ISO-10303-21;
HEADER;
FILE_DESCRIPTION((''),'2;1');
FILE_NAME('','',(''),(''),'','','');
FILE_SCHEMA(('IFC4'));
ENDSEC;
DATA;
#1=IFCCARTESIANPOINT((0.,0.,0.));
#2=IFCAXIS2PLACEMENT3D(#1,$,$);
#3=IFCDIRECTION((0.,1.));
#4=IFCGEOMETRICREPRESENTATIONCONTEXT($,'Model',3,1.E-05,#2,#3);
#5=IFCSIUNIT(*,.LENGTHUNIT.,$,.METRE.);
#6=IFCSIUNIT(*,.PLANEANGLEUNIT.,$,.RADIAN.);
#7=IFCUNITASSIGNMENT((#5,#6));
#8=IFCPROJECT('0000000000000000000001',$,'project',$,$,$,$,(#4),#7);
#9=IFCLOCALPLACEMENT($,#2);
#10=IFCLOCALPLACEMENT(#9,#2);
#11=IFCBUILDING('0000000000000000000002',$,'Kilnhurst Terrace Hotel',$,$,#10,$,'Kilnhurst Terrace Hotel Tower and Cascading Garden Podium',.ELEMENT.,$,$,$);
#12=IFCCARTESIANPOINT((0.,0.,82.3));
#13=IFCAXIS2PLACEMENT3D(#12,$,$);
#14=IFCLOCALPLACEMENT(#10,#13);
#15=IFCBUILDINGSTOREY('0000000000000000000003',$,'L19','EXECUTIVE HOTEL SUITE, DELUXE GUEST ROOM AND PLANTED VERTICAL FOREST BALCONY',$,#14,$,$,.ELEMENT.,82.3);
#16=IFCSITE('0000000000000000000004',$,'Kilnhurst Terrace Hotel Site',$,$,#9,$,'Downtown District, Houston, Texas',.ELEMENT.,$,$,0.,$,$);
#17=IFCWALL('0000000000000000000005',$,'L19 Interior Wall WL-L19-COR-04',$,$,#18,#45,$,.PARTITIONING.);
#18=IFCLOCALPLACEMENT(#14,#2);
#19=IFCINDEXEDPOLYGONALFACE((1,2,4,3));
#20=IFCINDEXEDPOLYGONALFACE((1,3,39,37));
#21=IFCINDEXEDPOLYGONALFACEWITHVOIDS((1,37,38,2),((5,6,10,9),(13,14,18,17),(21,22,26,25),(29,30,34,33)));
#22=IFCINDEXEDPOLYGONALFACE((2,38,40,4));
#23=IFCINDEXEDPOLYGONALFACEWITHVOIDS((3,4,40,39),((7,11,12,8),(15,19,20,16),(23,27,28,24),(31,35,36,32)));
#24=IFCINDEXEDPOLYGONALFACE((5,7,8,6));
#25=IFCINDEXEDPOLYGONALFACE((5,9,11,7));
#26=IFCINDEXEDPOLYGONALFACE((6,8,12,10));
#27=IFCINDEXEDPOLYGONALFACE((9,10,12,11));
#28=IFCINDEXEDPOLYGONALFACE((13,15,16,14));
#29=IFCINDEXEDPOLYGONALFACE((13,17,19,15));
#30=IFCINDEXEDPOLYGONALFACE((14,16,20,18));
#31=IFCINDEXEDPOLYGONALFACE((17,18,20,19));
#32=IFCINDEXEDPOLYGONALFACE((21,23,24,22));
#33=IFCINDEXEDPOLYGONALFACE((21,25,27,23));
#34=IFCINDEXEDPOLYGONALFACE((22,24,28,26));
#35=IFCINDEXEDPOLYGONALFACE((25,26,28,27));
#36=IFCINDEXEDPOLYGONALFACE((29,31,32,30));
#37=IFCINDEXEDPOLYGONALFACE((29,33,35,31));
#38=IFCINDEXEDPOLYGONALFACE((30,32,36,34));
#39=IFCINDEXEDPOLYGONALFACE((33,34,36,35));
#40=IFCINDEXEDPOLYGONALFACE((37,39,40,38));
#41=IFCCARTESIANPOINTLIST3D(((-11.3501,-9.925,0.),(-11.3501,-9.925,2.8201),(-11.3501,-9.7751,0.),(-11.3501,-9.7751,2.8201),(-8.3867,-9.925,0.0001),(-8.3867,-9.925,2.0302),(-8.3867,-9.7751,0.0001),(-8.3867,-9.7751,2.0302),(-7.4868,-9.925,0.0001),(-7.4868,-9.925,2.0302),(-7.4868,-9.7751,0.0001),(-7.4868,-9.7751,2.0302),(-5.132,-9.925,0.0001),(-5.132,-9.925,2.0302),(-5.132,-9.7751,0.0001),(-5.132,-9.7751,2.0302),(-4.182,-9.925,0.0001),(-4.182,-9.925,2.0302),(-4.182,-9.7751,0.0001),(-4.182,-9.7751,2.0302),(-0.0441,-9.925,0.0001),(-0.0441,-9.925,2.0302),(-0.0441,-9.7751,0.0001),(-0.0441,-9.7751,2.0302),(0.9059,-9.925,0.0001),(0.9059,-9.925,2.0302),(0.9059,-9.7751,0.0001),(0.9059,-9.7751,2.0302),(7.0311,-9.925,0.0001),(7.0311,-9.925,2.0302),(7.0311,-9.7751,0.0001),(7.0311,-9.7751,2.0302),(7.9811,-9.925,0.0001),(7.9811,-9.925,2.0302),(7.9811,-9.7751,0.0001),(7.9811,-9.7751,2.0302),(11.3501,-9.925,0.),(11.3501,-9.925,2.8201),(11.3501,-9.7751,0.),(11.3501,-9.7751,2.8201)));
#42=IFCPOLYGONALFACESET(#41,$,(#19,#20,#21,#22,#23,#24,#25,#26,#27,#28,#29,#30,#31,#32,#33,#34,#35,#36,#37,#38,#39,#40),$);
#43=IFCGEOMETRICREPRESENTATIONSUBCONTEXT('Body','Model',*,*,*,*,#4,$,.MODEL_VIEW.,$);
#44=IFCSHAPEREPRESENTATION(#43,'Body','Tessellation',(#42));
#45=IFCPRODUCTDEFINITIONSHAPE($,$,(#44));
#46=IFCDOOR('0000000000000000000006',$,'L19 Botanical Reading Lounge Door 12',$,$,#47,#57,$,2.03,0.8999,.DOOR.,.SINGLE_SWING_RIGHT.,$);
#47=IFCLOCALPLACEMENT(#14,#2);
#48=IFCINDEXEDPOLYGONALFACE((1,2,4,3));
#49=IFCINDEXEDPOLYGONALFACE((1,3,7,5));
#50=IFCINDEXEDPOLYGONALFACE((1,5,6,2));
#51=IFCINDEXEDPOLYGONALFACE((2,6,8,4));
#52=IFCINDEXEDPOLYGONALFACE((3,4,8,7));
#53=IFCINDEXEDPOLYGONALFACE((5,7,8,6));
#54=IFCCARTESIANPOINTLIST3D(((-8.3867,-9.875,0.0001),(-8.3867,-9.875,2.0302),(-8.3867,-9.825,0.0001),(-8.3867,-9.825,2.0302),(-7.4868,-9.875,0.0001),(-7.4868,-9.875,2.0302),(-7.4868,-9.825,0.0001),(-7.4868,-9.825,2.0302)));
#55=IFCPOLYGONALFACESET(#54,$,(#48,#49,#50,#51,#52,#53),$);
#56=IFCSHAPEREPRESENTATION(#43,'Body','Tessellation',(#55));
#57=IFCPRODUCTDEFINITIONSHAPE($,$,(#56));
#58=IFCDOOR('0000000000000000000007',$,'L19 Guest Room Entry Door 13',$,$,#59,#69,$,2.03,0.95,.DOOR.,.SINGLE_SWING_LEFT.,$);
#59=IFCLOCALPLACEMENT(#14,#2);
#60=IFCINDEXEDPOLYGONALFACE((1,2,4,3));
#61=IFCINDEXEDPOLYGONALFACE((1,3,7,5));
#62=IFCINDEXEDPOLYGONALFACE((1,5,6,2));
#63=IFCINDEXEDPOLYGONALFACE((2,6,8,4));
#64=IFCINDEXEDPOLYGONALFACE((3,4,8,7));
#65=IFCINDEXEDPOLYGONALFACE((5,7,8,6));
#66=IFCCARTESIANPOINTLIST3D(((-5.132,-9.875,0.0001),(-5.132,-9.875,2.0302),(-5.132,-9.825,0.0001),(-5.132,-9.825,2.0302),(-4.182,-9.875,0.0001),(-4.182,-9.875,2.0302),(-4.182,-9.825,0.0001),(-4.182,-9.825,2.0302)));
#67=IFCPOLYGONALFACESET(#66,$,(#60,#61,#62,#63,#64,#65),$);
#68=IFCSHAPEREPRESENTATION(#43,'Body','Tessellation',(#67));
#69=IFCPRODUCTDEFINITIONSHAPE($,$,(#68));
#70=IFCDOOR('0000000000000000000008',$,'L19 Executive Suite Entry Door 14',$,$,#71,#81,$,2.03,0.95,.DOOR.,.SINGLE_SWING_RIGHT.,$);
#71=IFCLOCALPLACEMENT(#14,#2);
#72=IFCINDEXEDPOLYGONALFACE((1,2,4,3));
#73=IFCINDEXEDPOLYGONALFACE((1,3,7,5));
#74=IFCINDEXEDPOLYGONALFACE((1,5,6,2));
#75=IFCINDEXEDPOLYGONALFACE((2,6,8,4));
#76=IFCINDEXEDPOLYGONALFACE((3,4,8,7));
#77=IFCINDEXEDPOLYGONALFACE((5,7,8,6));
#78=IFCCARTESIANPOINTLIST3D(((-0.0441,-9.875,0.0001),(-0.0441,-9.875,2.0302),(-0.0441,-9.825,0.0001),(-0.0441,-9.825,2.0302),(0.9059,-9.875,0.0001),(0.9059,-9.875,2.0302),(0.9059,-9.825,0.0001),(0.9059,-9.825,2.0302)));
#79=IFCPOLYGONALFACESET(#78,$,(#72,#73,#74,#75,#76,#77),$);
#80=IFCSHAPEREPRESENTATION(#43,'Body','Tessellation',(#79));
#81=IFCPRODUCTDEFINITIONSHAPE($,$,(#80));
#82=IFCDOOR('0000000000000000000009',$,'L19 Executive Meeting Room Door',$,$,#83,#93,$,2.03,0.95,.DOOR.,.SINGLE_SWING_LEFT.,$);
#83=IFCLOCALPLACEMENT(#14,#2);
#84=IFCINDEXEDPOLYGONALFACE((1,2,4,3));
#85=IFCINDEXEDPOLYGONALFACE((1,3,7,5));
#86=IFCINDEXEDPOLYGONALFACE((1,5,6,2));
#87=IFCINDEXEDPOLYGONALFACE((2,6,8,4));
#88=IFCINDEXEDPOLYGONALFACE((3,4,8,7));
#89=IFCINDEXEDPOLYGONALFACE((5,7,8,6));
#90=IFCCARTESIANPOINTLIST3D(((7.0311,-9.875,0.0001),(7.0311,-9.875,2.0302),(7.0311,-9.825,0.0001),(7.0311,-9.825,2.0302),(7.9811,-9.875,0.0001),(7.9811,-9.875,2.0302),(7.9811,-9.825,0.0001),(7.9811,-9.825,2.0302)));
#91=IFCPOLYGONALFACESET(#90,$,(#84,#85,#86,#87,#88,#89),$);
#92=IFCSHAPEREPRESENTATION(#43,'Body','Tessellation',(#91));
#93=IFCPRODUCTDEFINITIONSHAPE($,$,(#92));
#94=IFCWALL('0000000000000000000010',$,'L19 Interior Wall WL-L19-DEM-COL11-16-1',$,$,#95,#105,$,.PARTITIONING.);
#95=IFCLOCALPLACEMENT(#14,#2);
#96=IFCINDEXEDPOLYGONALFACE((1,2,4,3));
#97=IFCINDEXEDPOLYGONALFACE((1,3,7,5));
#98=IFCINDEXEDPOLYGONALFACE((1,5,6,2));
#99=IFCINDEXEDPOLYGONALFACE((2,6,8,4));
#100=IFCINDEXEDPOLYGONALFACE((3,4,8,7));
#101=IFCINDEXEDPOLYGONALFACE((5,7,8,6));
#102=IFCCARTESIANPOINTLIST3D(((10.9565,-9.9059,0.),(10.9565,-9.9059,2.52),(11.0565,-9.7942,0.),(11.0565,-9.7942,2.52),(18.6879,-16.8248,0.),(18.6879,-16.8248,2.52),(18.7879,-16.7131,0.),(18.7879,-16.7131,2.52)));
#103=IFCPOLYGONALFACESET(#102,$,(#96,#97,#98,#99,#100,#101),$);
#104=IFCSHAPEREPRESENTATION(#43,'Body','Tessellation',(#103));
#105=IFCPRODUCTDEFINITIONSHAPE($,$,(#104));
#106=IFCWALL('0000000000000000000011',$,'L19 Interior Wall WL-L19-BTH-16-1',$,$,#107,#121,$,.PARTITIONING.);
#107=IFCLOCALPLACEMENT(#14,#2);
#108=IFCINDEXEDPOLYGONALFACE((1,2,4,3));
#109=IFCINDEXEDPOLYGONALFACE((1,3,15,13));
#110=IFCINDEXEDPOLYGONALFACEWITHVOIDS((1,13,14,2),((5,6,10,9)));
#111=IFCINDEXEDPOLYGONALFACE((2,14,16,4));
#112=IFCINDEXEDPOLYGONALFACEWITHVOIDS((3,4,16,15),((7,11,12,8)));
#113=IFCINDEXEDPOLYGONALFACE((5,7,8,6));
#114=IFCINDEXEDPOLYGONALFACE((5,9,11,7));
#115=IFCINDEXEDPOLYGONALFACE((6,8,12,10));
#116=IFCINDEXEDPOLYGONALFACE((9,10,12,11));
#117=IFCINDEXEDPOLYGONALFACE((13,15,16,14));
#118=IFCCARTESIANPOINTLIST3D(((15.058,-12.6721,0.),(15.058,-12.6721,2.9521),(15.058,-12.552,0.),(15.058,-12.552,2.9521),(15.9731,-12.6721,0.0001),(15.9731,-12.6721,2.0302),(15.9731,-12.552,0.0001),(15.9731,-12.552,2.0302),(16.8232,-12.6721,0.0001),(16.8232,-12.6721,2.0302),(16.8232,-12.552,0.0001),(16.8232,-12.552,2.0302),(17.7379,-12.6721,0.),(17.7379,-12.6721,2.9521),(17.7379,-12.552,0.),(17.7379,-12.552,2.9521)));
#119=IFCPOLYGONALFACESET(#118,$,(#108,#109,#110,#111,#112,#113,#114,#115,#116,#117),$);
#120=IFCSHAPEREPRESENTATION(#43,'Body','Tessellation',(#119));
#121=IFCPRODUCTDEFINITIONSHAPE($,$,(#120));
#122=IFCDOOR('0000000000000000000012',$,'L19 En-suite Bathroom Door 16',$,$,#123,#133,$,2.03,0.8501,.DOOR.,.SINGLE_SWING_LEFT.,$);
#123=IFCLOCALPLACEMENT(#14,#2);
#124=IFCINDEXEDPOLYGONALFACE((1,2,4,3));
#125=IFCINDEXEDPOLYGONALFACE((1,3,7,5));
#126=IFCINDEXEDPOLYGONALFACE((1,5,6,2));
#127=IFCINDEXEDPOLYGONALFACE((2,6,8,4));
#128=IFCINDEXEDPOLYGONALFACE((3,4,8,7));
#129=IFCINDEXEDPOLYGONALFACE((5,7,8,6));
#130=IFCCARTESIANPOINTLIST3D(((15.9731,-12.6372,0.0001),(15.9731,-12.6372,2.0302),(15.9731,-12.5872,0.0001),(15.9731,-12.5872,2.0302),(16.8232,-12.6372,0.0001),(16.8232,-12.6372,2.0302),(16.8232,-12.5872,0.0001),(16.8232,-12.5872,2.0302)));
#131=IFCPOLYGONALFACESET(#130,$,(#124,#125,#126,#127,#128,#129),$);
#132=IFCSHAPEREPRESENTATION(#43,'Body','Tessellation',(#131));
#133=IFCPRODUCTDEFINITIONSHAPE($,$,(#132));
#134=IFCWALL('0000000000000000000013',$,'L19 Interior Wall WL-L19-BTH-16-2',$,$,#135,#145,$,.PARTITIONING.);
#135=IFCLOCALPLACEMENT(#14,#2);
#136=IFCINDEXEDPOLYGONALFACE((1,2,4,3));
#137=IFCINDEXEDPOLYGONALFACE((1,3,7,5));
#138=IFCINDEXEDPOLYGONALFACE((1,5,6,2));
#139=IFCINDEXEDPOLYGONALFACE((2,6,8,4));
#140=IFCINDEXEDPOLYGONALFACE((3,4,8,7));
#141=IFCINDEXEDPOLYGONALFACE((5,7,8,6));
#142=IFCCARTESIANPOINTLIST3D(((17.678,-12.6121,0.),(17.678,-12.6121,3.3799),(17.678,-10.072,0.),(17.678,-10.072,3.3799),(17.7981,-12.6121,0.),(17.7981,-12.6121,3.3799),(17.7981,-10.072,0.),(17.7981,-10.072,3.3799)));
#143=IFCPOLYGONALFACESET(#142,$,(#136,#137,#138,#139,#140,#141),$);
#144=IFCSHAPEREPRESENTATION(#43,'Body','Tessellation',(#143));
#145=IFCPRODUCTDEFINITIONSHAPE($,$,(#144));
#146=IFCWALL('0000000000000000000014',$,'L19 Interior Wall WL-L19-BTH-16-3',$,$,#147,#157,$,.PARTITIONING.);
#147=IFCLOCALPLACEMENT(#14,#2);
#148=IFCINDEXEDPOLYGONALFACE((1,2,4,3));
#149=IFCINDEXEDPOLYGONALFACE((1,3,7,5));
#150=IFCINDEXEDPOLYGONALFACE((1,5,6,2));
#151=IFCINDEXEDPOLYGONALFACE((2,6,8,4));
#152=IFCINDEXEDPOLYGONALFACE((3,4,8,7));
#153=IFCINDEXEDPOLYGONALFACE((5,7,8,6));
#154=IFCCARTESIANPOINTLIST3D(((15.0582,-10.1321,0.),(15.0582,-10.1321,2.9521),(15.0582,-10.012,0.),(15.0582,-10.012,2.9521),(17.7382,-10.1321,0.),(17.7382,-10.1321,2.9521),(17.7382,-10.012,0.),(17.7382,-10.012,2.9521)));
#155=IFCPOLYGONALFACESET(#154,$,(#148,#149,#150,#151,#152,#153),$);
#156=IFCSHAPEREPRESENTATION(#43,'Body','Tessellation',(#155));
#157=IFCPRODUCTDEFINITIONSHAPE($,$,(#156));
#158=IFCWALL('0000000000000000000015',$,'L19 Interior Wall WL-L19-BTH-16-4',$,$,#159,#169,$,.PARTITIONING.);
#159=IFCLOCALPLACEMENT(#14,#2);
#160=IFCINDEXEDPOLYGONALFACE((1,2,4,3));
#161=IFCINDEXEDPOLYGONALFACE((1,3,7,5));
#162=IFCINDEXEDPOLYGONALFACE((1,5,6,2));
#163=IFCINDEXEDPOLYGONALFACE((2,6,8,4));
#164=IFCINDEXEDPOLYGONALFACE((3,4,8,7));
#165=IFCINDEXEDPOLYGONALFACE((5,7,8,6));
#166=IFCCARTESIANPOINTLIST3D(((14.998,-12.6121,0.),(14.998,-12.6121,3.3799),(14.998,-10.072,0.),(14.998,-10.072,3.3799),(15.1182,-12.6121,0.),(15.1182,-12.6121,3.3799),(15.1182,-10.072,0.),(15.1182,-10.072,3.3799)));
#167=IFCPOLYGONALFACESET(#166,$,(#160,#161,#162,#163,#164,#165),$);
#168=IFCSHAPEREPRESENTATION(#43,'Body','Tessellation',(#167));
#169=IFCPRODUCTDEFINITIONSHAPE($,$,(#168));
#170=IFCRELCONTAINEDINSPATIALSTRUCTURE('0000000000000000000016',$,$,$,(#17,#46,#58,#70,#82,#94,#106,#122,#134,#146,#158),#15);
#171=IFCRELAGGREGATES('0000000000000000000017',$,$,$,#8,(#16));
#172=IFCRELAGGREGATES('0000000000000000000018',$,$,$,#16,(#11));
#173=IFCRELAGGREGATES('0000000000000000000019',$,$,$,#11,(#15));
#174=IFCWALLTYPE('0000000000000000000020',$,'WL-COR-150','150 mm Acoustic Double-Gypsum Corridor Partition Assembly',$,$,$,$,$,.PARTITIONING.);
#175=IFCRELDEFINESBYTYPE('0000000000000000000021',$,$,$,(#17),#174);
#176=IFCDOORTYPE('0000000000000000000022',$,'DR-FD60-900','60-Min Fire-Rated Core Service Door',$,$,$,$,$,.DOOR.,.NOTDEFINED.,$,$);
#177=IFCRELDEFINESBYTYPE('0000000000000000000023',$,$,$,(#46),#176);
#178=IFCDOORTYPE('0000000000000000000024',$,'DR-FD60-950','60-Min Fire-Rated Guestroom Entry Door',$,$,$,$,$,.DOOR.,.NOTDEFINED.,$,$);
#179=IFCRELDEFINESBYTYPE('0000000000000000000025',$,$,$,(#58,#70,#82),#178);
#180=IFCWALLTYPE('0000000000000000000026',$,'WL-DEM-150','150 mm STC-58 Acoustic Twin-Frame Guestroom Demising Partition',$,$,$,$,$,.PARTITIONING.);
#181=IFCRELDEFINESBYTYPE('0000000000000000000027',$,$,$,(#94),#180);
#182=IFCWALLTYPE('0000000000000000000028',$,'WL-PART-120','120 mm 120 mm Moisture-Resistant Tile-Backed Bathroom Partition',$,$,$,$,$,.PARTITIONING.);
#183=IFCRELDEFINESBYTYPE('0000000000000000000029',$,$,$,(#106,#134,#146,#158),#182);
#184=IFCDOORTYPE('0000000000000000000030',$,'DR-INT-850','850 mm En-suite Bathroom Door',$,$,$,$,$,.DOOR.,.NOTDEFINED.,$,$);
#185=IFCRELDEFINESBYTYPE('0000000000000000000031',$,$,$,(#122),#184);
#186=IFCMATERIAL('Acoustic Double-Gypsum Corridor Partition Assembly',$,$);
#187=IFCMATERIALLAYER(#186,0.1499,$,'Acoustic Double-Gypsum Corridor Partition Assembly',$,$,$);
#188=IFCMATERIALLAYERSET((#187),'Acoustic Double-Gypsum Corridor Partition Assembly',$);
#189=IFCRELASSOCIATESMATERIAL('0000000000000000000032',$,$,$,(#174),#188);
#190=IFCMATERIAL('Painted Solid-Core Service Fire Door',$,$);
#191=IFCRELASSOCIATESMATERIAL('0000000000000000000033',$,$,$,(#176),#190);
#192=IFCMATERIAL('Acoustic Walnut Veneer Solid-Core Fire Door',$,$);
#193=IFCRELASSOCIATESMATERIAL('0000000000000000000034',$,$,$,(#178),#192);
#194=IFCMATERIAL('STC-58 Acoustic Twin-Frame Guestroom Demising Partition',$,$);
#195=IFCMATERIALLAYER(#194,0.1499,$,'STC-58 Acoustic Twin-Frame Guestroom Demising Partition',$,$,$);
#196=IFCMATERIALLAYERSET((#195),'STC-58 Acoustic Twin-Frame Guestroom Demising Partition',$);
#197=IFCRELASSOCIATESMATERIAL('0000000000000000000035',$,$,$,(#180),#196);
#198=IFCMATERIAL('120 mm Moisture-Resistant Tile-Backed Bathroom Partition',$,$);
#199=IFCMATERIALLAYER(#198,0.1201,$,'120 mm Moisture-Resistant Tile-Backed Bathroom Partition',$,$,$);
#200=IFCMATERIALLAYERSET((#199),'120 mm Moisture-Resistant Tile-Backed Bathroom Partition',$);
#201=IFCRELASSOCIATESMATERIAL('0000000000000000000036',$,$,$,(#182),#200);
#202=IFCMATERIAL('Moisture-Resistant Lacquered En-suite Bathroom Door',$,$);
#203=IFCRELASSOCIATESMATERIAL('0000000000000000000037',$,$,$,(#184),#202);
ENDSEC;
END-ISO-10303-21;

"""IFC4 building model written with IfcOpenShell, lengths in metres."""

from ifc_helpers import new_model, si_unit, direction, frame, frame_2d, origin, place, context, subcontext, project, spatial, rectangle, extrude, material, layer, layer_set, type_object, element, fill, save


model = new_model("IFC4")

# Units and contexts
model_context = context("Model", 3, precision=1e-05, world=origin(), true_north=direction((0.0, 1.0)))
body_context = subcontext(model_context, "Body", "Model", "MODEL_VIEW")
ifc_project = project(units=[si_unit("LENGTHUNIT", "METRE"), si_unit("PLANEANGLEUNIT", "RADIAN")], contexts=[model_context])

# Site, building, storey
site_placement = place(None, origin())
site = spatial("IfcSite", under=ifc_project, at=site_placement, Name="Kilnhurst Terrace Hotel Site", LongName="Downtown District, Houston, Texas", CompositionType="ELEMENT", RefElevation=0.0)
building_placement = place(site_placement, origin())
building = spatial("IfcBuilding", under=site, at=building_placement, Name="Kilnhurst Terrace Hotel", LongName="Kilnhurst Terrace Hotel Tower and Cascading Garden Podium", CompositionType="ELEMENT")
storey_placement = place(building_placement, frame((0.0, 0.0, 82.3)))
storey = spatial("IfcBuildingStorey", under=building, at=storey_placement, Name="L19", Description="EXECUTIVE HOTEL SUITE, DELUXE GUEST ROOM AND PLANTED VERTICAL FOREST BALCONY", CompositionType="ELEMENT", Elevation=82.3)

# Wall, openings, doors
ifc_material_1 = material(Name="Acoustic Double-Gypsum Corridor Partition Assembly")
ifc_layer_1 = layer(ifc_material_1, 0.1499, Name="Acoustic Double-Gypsum Corridor Partition Assembly")
ifc_layer_set_1 = layer_set([ifc_layer_1], Name="Acoustic Double-Gypsum Corridor Partition Assembly")
wall_type_1 = type_object("IfcWallType", Name="WL-COR-150", Description="150 mm Acoustic Double-Gypsum Corridor Partition Assembly", PredefinedType="PARTITIONING", material=ifc_layer_set_1)
wall_1_placement = place(storey_placement, frame((11.3501, -9.8501, 0.0), z_axis=(0.0, 0.0, 1.0), x_axis=(-1.0, 0.0, 0.0)))
wall_1 = element("IfcWall", 1, at=wall_1_placement, inside=storey, type_object=wall_type_1, Name="L19 Interior Wall WL-L19-COR-04", PredefinedType="PARTITIONING", context=body_context, shape_type="SweptSolid", body=[
    extrude(rectangle(XDim=22.7002, YDim=0.1499, at=frame_2d((11.3501, 0.0))), origin(), (0.0, 0.0, 1.0), 2.8201),
])
opening_1_placement = place(wall_1_placement, frame((18.8369, 0.0, 0.0)))
opening_1 = element("IfcOpeningElement", 2, at=opening_1_placement, cuts=wall_1, PredefinedType="OPENING", context=body_context, shape_type="SweptSolid", body=[
    extrude(rectangle(XDim=0.8999, YDim=2.03, at=frame_2d((0.45, 1.0151))), frame((0.0, 0.085, 0.0), z_axis=(0.0, -1.0, 0.0), x_axis=(1.0, 0.0, 0.0)), (0.0, 0.0, 1.0), 0.1699),
])
opening_2_placement = place(wall_1_placement, frame((15.532, 0.0, 0.0)))
opening_2 = element("IfcOpeningElement", 3, at=opening_2_placement, cuts=wall_1, PredefinedType="OPENING", context=body_context, shape_type="SweptSolid", body=[
    extrude(rectangle(XDim=0.95, YDim=2.03, at=frame_2d((0.4751, 1.0151))), frame((0.0, 0.085, 0.0), z_axis=(0.0, -1.0, 0.0), x_axis=(1.0, 0.0, 0.0)), (0.0, 0.0, 1.0), 0.1699),
])
opening_3_placement = place(wall_1_placement, frame((10.4441, 0.0, 0.0)))
opening_3 = element("IfcOpeningElement", 4, at=opening_3_placement, cuts=wall_1, PredefinedType="OPENING", context=body_context, shape_type="SweptSolid", body=[
    extrude(rectangle(XDim=0.95, YDim=2.03, at=frame_2d((0.4751, 1.0151))), frame((0.0, 0.085, 0.0), z_axis=(0.0, -1.0, 0.0), x_axis=(1.0, 0.0, 0.0)), (0.0, 0.0, 1.0), 0.1699),
])
opening_4_placement = place(wall_1_placement, frame((3.3689, 0.0, 0.0)))
opening_4 = element("IfcOpeningElement", 5, at=opening_4_placement, cuts=wall_1, PredefinedType="OPENING", context=body_context, shape_type="SweptSolid", body=[
    extrude(rectangle(XDim=0.95, YDim=2.03, at=frame_2d((0.4751, 1.0151))), frame((0.0, 0.085, 0.0), z_axis=(0.0, -1.0, 0.0), x_axis=(1.0, 0.0, 0.0)), (0.0, 0.0, 1.0), 0.1699),
])
ifc_material_2 = material(Name="Painted Solid-Core Service Fire Door")
door_type_1 = type_object("IfcDoorType", Name="DR-FD60-900", Description="60-Min Fire-Rated Core Service Door", OperationType="NOTDEFINED", PredefinedType="DOOR", material=ifc_material_2)
door_1_placement = place(opening_1_placement, origin())
door_1 = element("IfcDoor", 6, at=door_1_placement, inside=storey, type_object=door_type_1, Name="L19 Botanical Reading Lounge Door 12", OperationType="SINGLE_SWING_RIGHT", OverallHeight=2.03, OverallWidth=0.8999, PredefinedType="DOOR", context=body_context, shape_type="SweptSolid", body=[
    extrude(rectangle(XDim=0.8999, YDim=2.03, at=frame_2d((0.45, 1.0151))), frame((0.0, 0.0249, 0.0), z_axis=(0.0, -1.0, 0.0), x_axis=(1.0, 0.0, 0.0)), (0.0, 0.0, 1.0), 0.05),
])
fill(opening_1, door_1)
ifc_material_3 = material(Name="Acoustic Walnut Veneer Solid-Core Fire Door")
door_type_2 = type_object("IfcDoorType", Name="DR-FD60-950", Description="60-Min Fire-Rated Guestroom Entry Door", OperationType="NOTDEFINED", PredefinedType="DOOR", material=ifc_material_3)
door_2_placement = place(opening_2_placement, origin())
door_2 = element("IfcDoor", 7, at=door_2_placement, inside=storey, type_object=door_type_2, Name="L19 Guest Room Entry Door 13", OperationType="SINGLE_SWING_LEFT", OverallHeight=2.03, OverallWidth=0.95, PredefinedType="DOOR", context=body_context, shape_type="SweptSolid", body=[
    extrude(rectangle(XDim=0.95, YDim=2.03, at=frame_2d((0.4751, 1.0151))), frame((0.0, 0.0249, 0.0), z_axis=(0.0, -1.0, 0.0), x_axis=(1.0, 0.0, 0.0)), (0.0, 0.0, 1.0), 0.05),
])
fill(opening_2, door_2)
door_3_placement = place(opening_3_placement, origin())
door_3 = element("IfcDoor", 8, at=door_3_placement, inside=storey, type_object=door_type_2, Name="L19 Executive Suite Entry Door 14", OperationType="SINGLE_SWING_RIGHT", OverallHeight=2.03, OverallWidth=0.95, PredefinedType="DOOR", context=body_context, shape_type="SweptSolid", body=[
    extrude(rectangle(XDim=0.95, YDim=2.03, at=frame_2d((0.4751, 1.0151))), frame((0.0, 0.0249, 0.0), z_axis=(0.0, -1.0, 0.0), x_axis=(1.0, 0.0, 0.0)), (0.0, 0.0, 1.0), 0.05),
])
fill(opening_3, door_3)
door_4_placement = place(opening_4_placement, origin())
door_4 = element("IfcDoor", 9, at=door_4_placement, inside=storey, type_object=door_type_2, Name="L19 Executive Meeting Room Door", OperationType="SINGLE_SWING_LEFT", OverallHeight=2.03, OverallWidth=0.95, PredefinedType="DOOR", context=body_context, shape_type="SweptSolid", body=[
    extrude(rectangle(XDim=0.95, YDim=2.03, at=frame_2d((0.4751, 1.0151))), frame((0.0, 0.0249, 0.0), z_axis=(0.0, -1.0, 0.0), x_axis=(1.0, 0.0, 0.0)), (0.0, 0.0, 1.0), 0.05),
])
fill(opening_4, door_4)

# Wall
ifc_material_4 = material(Name="STC-58 Acoustic Twin-Frame Guestroom Demising Partition")
ifc_layer_2 = layer(ifc_material_4, 0.1499, Name="STC-58 Acoustic Twin-Frame Guestroom Demising Partition")
ifc_layer_set_2 = layer_set([ifc_layer_2], Name="STC-58 Acoustic Twin-Frame Guestroom Demising Partition")
wall_type_2 = type_object("IfcWallType", Name="WL-DEM-150", Description="150 mm STC-58 Acoustic Twin-Frame Guestroom Demising Partition", PredefinedType="PARTITIONING", material=ifc_layer_set_2)
wall_2_placement = place(storey_placement, frame((11.0066, -9.8501, 0.0), z_axis=(0.0, 0.0, 1.0), x_axis=(0.745177, -0.666866, 0.0)))
element("IfcWall", 10, at=wall_2_placement, inside=storey, type_object=wall_type_2, Name="L19 Interior Wall WL-L19-DEM-COL11-16-1", PredefinedType="PARTITIONING", context=body_context, shape_type="SweptSolid", body=[
    extrude(rectangle(XDim=10.3752, YDim=0.1499, at=frame_2d((5.1875, 0.0))), origin(), (0.0, 0.0, 1.0), 2.52),
])

# Wall, opening, door
ifc_material_5 = material(Name="120 mm Moisture-Resistant Tile-Backed Bathroom Partition")
ifc_layer_3 = layer(ifc_material_5, 0.1201, Name="120 mm Moisture-Resistant Tile-Backed Bathroom Partition")
ifc_layer_set_3 = layer_set([ifc_layer_3], Name="120 mm Moisture-Resistant Tile-Backed Bathroom Partition")
wall_type_3 = type_object("IfcWallType", Name="WL-PART-120", Description="120 mm 120 mm Moisture-Resistant Tile-Backed Bathroom Partition", PredefinedType="PARTITIONING", material=ifc_layer_set_3)
wall_3_placement = place(storey_placement, frame((15.0581, -12.6121, 0.0), z_axis=(0.0, 0.0, 1.0), x_axis=(1.0, 0.0, 0.0)))
wall_3 = element("IfcWall", 11, at=wall_3_placement, inside=storey, type_object=wall_type_3, Name="L19 Interior Wall WL-L19-BTH-16-1", PredefinedType="PARTITIONING", context=body_context, shape_type="SweptSolid", body=[
    extrude(rectangle(XDim=2.6799, YDim=0.1201, at=frame_2d((1.3398, 0.0))), origin(), (0.0, 0.0, 1.0), 2.9521),
])
opening_5_placement = place(wall_3_placement, frame((0.915, 0.0, 0.0)))
opening_5 = element("IfcOpeningElement", 12, at=opening_5_placement, cuts=wall_3, PredefinedType="OPENING", context=body_context, shape_type="SweptSolid", body=[
    extrude(rectangle(XDim=0.8501, YDim=2.03, at=frame_2d((0.425, 1.0151))), frame((0.0, 0.0701, 0.0), z_axis=(0.0, -1.0, 0.0), x_axis=(1.0, 0.0, 0.0)), (0.0, 0.0, 1.0), 0.1401),
])
ifc_material_6 = material(Name="Moisture-Resistant Lacquered En-suite Bathroom Door")
door_type_3 = type_object("IfcDoorType", Name="DR-INT-850", Description="850 mm En-suite Bathroom Door", OperationType="NOTDEFINED", PredefinedType="DOOR", material=ifc_material_6)
door_5_placement = place(opening_5_placement, origin())
door_5 = element("IfcDoor", 13, at=door_5_placement, inside=storey, type_object=door_type_3, Name="L19 En-suite Bathroom Door 16", OperationType="SINGLE_SWING_LEFT", OverallHeight=2.03, OverallWidth=0.8501, PredefinedType="DOOR", context=body_context, shape_type="SweptSolid", body=[
    extrude(rectangle(XDim=0.8501, YDim=2.03, at=frame_2d((0.425, 1.0151))), frame((0.0, 0.0249, 0.0), z_axis=(0.0, -1.0, 0.0), x_axis=(1.0, 0.0, 0.0)), (0.0, 0.0, 1.0), 0.05),
])
fill(opening_5, door_5)

# Walls
wall_4_placement = place(storey_placement, frame((17.738, -12.6121, 0.0), z_axis=(0.0, 0.0, 1.0), x_axis=(0.0, 1.0, 0.0)))
element("IfcWall", 14, at=wall_4_placement, inside=storey, type_object=wall_type_3, Name="L19 Interior Wall WL-L19-BTH-16-2", PredefinedType="PARTITIONING", context=body_context, shape_type="SweptSolid", body=[
    extrude(rectangle(XDim=2.54, YDim=0.1201, at=frame_2d((1.27, 0.0))), origin(), (0.0, 0.0, 1.0), 3.3799),
])
wall_5_placement = place(storey_placement, frame((17.738, -10.072, 0.0), z_axis=(0.0, 0.0, 1.0), x_axis=(-1.0, 0.0, 0.0)))
element("IfcWall", 15, at=wall_5_placement, inside=storey, type_object=wall_type_3, Name="L19 Interior Wall WL-L19-BTH-16-3", PredefinedType="PARTITIONING", context=body_context, shape_type="SweptSolid", body=[
    extrude(rectangle(XDim=2.6799, YDim=0.1201, at=frame_2d((1.3398, 0.0))), origin(), (0.0, 0.0, 1.0), 2.9521),
])
wall_6_placement = place(storey_placement, frame((15.0581, -10.072, 0.0), z_axis=(0.0, 0.0, 1.0), x_axis=(0.0, -1.0, 0.0)))
element("IfcWall", 16, at=wall_6_placement, inside=storey, type_object=wall_type_3, Name="L19 Interior Wall WL-L19-BTH-16-4", PredefinedType="PARTITIONING", context=body_context, shape_type="SweptSolid", body=[
    extrude(rectangle(XDim=2.54, YDim=0.1201, at=frame_2d((1.27, 0.0))), origin(), (0.0, 0.0, 1.0), 3.3799),
])

save(model, "model.ifc")
